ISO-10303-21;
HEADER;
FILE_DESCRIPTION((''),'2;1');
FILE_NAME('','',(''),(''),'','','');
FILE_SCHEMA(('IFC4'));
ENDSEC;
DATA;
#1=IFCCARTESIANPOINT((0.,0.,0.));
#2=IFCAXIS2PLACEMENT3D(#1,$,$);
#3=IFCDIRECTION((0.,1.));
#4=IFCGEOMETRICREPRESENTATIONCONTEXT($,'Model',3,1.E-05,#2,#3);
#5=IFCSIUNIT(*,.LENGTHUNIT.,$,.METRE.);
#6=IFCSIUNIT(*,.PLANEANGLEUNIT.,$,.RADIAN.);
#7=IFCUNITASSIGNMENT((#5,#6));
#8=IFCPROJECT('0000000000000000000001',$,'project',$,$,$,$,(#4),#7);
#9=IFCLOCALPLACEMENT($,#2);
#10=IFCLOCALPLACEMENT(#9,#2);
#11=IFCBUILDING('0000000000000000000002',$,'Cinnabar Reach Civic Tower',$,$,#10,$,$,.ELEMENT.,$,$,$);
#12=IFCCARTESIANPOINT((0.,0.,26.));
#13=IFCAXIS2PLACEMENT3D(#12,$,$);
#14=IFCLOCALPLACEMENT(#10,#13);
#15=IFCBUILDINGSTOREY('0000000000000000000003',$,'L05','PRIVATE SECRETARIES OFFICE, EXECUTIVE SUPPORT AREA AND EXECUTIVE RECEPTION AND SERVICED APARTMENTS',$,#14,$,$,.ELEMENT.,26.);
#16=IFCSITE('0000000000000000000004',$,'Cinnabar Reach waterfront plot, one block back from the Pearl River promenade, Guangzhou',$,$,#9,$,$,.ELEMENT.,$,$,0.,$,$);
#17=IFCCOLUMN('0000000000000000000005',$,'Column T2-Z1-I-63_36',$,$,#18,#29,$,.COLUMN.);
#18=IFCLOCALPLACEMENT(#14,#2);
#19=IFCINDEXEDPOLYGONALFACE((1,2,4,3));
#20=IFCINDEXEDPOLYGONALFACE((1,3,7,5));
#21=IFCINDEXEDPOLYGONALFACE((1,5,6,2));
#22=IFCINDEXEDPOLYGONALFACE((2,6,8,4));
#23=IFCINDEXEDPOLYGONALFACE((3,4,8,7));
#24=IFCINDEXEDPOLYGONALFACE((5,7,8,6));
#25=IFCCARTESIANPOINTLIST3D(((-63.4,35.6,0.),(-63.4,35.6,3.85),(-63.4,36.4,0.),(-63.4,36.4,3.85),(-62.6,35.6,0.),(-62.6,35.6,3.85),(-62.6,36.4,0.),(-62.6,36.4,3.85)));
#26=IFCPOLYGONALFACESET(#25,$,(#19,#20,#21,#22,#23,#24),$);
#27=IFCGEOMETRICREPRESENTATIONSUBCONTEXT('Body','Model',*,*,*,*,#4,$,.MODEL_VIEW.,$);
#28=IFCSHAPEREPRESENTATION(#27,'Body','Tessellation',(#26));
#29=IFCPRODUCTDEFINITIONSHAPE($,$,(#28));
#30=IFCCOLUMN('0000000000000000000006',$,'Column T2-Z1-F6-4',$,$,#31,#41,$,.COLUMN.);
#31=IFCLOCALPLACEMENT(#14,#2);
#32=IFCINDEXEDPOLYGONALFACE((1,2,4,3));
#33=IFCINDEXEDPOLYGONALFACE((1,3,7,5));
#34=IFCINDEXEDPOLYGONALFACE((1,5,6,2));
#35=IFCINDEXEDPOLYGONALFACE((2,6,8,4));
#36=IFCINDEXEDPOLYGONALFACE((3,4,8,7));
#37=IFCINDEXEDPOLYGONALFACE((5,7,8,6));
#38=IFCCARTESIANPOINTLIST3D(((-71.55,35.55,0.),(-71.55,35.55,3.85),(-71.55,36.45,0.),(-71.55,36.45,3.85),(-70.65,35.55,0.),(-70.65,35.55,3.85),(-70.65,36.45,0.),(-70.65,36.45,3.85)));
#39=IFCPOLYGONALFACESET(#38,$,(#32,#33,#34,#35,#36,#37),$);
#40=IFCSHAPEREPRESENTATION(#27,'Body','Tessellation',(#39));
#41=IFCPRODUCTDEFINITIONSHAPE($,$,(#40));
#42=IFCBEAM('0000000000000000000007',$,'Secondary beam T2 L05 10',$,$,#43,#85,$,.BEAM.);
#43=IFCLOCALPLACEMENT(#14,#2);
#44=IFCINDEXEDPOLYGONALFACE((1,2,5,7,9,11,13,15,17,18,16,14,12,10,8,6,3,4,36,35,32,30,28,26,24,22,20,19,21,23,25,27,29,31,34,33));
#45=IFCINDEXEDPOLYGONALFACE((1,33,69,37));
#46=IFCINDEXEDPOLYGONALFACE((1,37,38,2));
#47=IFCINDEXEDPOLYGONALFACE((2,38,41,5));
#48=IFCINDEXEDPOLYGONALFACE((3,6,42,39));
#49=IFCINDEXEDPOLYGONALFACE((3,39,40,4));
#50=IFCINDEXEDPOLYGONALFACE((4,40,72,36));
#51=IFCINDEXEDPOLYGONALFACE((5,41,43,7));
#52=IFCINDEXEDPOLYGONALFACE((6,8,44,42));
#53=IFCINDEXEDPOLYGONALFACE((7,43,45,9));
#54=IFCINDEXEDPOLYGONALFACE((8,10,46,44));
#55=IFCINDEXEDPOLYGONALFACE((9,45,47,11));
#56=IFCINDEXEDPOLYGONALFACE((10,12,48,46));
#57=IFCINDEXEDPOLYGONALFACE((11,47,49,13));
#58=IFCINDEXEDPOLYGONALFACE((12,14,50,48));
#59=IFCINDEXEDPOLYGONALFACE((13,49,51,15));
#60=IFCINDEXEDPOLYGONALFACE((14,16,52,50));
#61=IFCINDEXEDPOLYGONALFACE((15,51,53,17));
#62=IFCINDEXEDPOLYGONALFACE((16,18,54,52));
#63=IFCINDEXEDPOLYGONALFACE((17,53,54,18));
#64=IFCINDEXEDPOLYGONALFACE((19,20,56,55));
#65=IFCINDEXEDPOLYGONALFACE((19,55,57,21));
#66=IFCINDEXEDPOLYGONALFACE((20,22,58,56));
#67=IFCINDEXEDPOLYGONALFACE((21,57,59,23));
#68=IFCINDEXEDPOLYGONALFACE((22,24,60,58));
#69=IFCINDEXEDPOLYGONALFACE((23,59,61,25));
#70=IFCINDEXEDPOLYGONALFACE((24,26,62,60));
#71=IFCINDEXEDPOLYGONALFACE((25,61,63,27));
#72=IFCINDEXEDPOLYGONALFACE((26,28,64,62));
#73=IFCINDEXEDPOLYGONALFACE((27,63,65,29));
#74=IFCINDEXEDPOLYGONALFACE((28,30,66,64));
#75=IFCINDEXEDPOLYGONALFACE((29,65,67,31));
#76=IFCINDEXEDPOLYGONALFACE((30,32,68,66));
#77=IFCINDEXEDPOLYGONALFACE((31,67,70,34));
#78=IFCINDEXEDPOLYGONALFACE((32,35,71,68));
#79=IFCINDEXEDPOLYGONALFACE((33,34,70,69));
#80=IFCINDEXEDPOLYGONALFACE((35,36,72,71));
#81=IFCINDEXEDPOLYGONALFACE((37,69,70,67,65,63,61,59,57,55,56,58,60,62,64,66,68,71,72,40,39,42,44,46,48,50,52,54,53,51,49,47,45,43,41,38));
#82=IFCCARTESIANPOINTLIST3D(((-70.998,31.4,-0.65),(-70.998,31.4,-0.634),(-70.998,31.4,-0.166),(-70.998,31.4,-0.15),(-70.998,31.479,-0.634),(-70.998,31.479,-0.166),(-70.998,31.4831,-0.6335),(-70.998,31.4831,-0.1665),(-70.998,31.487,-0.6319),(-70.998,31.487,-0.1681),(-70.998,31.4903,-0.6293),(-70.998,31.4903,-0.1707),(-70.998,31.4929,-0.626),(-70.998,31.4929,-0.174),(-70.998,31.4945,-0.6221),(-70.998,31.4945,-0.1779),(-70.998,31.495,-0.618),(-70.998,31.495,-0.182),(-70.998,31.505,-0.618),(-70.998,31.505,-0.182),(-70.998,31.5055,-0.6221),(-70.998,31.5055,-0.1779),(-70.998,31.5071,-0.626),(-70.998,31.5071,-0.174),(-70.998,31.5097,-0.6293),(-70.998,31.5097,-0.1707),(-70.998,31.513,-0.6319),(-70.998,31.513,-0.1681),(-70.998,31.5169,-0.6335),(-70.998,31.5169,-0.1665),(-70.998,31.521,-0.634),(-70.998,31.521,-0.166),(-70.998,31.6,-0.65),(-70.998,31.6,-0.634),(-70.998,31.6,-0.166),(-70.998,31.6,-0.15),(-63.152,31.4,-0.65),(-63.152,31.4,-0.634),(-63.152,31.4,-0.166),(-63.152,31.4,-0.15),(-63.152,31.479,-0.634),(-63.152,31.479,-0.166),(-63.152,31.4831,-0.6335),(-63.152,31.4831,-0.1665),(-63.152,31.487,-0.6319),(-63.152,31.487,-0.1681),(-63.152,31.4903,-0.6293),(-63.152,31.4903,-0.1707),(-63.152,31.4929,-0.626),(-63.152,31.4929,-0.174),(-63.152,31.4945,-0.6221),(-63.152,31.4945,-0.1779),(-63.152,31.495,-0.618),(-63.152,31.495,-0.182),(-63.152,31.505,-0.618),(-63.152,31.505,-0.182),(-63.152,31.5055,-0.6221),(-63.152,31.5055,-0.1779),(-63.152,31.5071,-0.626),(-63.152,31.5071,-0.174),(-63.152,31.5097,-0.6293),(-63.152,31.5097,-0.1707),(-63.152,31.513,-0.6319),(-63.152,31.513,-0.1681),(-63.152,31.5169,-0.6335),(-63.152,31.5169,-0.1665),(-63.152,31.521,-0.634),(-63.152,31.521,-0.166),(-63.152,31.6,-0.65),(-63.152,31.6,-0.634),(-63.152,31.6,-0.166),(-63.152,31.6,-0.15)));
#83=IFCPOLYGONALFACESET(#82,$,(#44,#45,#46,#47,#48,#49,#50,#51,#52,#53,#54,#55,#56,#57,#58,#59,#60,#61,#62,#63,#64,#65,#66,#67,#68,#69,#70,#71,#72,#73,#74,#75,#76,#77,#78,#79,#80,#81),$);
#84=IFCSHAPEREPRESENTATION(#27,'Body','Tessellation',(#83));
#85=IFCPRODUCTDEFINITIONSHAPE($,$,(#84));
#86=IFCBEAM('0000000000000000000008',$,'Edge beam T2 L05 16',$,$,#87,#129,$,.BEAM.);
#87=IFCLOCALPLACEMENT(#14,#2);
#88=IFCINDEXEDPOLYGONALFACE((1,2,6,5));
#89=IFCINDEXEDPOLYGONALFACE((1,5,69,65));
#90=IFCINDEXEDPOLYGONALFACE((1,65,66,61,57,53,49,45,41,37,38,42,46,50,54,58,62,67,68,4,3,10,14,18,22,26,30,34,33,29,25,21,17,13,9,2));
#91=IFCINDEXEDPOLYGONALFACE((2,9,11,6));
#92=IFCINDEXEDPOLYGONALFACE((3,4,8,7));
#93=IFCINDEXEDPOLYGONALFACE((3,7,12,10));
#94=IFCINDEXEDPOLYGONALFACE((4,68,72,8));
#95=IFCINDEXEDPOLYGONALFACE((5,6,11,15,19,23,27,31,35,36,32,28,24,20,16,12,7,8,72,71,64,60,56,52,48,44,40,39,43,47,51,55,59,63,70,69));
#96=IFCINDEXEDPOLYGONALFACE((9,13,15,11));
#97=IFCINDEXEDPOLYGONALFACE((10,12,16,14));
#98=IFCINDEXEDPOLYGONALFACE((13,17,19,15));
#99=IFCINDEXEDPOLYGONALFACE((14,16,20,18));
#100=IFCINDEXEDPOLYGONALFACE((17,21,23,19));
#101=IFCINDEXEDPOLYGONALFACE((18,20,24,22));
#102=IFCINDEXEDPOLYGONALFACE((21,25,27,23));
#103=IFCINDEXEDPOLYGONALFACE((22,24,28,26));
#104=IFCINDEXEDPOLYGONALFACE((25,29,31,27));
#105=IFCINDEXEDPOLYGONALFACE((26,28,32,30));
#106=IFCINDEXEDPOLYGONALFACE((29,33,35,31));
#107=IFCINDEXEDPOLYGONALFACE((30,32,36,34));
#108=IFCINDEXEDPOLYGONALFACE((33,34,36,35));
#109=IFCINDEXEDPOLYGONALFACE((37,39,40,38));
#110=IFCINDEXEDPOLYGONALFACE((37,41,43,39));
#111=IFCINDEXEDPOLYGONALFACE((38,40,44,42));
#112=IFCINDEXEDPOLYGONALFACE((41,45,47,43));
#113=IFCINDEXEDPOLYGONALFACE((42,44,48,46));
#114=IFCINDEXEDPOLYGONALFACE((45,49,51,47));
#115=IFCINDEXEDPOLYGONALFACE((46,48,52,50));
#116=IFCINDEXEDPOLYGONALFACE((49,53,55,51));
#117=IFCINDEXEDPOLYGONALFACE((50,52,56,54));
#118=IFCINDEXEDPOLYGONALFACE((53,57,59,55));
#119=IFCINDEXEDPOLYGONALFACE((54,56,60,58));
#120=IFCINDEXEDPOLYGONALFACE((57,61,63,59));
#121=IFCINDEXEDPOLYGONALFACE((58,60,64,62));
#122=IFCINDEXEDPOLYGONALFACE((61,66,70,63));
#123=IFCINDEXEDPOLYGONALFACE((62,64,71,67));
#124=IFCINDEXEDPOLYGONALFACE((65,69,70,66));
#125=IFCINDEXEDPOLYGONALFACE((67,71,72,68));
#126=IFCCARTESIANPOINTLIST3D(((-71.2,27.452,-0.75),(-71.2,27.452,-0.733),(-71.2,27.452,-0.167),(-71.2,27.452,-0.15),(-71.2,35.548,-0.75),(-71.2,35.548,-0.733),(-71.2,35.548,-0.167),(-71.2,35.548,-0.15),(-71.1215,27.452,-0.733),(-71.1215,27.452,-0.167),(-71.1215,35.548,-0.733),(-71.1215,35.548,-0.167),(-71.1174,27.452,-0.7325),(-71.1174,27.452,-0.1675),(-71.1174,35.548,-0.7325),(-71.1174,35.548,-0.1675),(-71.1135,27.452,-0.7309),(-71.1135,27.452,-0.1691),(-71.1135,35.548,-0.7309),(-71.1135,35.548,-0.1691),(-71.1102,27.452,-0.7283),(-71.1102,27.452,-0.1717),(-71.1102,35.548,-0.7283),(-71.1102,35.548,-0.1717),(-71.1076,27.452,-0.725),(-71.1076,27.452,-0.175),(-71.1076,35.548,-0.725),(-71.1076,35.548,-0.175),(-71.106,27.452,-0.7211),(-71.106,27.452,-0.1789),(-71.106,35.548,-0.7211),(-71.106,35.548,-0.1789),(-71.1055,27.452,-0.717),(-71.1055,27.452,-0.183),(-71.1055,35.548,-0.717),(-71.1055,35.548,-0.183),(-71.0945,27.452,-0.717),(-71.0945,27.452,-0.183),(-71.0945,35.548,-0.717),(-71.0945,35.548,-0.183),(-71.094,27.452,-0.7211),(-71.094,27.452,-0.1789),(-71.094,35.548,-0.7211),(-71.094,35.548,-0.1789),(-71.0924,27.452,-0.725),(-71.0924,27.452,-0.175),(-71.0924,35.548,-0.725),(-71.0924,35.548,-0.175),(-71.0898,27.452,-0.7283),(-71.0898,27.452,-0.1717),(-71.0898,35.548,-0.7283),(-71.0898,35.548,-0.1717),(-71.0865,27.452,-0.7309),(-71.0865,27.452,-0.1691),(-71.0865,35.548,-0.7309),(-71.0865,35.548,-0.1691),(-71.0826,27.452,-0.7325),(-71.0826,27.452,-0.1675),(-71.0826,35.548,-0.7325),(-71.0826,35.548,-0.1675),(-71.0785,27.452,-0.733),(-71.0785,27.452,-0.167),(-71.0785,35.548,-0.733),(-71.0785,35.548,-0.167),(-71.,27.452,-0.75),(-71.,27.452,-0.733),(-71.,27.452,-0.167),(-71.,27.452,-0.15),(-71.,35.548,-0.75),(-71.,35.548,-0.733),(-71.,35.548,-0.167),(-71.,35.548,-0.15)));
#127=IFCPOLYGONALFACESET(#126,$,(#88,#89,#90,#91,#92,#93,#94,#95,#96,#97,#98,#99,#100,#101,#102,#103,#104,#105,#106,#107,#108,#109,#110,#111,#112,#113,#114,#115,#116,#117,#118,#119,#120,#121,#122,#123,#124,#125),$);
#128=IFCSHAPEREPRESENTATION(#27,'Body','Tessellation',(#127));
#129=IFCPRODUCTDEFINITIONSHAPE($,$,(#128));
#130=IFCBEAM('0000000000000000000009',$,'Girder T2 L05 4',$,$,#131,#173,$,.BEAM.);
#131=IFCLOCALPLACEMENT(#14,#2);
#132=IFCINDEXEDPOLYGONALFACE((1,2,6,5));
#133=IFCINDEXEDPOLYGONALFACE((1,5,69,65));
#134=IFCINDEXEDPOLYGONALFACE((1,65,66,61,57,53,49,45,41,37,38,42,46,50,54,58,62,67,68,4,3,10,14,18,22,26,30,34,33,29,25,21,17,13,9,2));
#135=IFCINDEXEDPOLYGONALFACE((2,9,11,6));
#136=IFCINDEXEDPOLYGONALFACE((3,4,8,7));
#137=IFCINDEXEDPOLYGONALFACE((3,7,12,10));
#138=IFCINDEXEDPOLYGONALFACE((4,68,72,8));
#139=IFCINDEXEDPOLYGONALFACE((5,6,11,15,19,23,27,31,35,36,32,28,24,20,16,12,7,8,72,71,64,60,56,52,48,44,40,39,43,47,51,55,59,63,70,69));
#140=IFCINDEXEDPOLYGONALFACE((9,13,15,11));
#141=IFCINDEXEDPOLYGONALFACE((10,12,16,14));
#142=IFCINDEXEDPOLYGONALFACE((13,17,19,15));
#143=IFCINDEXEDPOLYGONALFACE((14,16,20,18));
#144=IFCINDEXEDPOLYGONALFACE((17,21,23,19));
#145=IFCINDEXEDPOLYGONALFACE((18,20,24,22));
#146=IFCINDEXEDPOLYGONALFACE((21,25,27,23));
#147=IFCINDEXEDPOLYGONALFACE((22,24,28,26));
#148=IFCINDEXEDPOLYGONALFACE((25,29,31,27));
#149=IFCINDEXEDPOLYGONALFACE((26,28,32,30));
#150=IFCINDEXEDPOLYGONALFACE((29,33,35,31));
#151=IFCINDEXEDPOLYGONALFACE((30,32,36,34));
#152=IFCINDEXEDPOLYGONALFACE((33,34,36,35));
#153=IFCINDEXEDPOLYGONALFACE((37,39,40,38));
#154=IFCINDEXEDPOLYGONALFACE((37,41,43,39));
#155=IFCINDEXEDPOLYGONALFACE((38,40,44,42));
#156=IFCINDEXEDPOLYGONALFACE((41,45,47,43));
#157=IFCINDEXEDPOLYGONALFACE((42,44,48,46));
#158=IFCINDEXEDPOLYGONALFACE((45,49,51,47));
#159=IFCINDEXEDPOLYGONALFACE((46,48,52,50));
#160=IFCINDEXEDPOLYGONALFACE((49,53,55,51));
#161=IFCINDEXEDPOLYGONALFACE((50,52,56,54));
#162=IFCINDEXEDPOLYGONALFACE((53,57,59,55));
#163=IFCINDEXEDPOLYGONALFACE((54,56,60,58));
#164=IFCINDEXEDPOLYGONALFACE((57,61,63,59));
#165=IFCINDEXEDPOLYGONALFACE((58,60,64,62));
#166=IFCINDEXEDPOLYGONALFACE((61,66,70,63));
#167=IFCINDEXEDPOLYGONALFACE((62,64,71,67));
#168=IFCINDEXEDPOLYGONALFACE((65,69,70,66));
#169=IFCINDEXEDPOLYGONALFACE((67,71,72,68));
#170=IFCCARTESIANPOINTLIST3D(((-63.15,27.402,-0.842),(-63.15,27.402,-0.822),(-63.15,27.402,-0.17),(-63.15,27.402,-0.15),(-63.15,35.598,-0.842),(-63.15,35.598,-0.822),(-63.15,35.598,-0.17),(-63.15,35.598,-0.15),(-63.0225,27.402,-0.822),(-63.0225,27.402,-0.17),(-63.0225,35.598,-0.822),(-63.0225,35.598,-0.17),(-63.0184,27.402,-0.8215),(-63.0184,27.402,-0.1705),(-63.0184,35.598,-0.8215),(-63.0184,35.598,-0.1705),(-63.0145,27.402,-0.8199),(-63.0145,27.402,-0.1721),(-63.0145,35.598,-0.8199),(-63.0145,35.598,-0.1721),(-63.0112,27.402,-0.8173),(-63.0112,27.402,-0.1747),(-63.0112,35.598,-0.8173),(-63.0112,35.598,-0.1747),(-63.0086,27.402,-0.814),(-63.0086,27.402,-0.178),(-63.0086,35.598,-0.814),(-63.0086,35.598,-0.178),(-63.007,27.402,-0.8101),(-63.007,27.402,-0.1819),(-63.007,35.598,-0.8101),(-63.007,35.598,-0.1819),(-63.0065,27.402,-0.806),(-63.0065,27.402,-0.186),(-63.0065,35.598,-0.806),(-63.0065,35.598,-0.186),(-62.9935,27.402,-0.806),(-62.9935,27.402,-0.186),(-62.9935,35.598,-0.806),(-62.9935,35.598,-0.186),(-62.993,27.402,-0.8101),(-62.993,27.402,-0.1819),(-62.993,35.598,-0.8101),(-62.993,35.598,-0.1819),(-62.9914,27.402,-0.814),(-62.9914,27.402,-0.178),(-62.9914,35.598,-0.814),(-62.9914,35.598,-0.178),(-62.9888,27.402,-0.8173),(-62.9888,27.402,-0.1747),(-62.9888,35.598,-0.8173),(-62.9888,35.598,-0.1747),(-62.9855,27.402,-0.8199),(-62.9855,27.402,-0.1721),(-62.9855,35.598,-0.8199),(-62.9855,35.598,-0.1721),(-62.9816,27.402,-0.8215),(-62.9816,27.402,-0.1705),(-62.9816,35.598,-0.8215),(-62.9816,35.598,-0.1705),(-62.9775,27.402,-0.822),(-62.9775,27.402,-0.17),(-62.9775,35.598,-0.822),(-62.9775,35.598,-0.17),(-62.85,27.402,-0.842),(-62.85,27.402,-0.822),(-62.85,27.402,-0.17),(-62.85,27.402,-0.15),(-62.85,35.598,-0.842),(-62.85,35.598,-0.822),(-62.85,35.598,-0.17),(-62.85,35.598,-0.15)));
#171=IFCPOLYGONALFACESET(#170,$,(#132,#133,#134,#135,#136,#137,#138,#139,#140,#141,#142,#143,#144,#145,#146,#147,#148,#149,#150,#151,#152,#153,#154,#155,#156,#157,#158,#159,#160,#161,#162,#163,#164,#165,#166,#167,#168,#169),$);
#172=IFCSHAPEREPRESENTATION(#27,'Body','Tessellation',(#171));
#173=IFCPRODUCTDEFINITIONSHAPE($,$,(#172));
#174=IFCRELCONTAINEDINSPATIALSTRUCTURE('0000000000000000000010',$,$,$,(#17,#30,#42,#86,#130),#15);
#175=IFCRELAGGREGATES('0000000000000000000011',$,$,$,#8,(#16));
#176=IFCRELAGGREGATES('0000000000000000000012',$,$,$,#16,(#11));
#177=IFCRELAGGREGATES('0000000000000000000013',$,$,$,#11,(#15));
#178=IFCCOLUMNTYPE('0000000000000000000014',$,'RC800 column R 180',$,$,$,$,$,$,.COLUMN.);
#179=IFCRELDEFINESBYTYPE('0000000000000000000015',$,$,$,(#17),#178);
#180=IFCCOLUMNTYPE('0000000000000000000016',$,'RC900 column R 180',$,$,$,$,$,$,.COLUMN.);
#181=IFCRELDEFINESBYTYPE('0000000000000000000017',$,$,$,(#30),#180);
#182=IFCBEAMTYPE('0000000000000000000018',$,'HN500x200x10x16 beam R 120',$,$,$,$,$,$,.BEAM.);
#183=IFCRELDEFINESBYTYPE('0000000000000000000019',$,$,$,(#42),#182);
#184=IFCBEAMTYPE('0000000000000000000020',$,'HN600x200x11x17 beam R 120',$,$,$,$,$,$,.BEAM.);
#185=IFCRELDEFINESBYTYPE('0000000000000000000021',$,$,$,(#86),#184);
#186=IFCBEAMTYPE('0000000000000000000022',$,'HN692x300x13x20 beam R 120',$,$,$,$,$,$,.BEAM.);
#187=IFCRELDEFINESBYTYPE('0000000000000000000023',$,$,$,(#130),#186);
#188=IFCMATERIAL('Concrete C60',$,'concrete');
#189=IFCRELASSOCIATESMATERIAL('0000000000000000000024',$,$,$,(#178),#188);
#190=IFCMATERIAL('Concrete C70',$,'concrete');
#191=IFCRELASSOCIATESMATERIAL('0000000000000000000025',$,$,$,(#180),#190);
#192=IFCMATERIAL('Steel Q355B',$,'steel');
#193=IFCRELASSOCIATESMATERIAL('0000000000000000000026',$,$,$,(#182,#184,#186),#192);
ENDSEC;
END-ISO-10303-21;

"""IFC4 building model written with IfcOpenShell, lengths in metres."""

from ifc_helpers import new_model, si_unit, direction, frame, origin, origin_2d, place, context, subcontext, project, spatial, rectangle, i_section, extrude, material, material_profile, profile_set, type_object, element, save


model = new_model("IFC4")

# Units and contexts
model_context = context("Model", 3, precision=1e-05, world=origin(), true_north=direction((0.0, 1.0)))
body_context = subcontext(model_context, "Body", "Model", "MODEL_VIEW")
ifc_project = project(units=[si_unit("LENGTHUNIT", "METRE"), si_unit("PLANEANGLEUNIT", "RADIAN")], contexts=[model_context])

# Site, building, storey
site_placement = place(None, origin())
site = spatial("IfcSite", under=ifc_project, at=site_placement, Name="Cinnabar Reach waterfront plot, one block back from the Pearl River promenade, Guangzhou", CompositionType="ELEMENT", RefElevation=0.0)
building_placement = place(site_placement, origin())
building = spatial("IfcBuilding", under=site, at=building_placement, Name="Cinnabar Reach Civic Tower", CompositionType="ELEMENT")
storey_placement = place(building_placement, frame((0.0, 0.0, 26.0)))
storey = spatial("IfcBuildingStorey", under=building, at=storey_placement, Name="L05", Description="PRIVATE SECRETARIES OFFICE, EXECUTIVE SUPPORT AREA AND EXECUTIVE RECEPTION AND SERVICED APARTMENTS", CompositionType="ELEMENT", Elevation=26.0)

# Columns
ifc_material_1 = material(Name="Concrete C60", Category="concrete")
ifc_material_profile_1 = material_profile(ifc_material_1, rectangle(XDim=0.8, YDim=0.8, at=origin_2d()), Name="RC800")
ifc_profile_set_1 = profile_set([ifc_material_profile_1], Name="Concrete C60")
column_type_1 = type_object("IfcColumnType", Name="RC800 column R 180", PredefinedType="COLUMN", material=ifc_profile_set_1)
column_1_placement = place(storey_placement, frame((-63.0, 36.0, 0.0), z_axis=(0.0, 0.0, 1.0), x_axis=(1.0, 0.0, 0.0)))
element("IfcColumn", 1, at=column_1_placement, inside=storey, type_object=column_type_1, Name="Column T2-Z1-I-63_36", PredefinedType="COLUMN", context=body_context, shape_type="SweptSolid", body=[
    extrude(rectangle(XDim=0.8, YDim=0.8, at=origin_2d()), origin(), (0.0, 0.0, 1.0), 3.85),
])
ifc_material_2 = material(Name="Concrete C70", Category="concrete")
ifc_material_profile_2 = material_profile(ifc_material_2, rectangle(XDim=0.9, YDim=0.9, at=origin_2d()), Name="RC900")
ifc_profile_set_2 = profile_set([ifc_material_profile_2], Name="Concrete C70")
column_type_2 = type_object("IfcColumnType", Name="RC900 column R 180", PredefinedType="COLUMN", material=ifc_profile_set_2)
column_2_placement = place(storey_placement, frame((-71.1, 36.0, 0.0), z_axis=(0.0, 0.0, 1.0), x_axis=(1.0, 0.0, 0.0)))
element("IfcColumn", 2, at=column_2_placement, inside=storey, type_object=column_type_2, Name="Column T2-Z1-F6-4", PredefinedType="COLUMN", context=body_context, shape_type="SweptSolid", body=[
    extrude(rectangle(XDim=0.9, YDim=0.9, at=origin_2d()), origin(), (0.0, 0.0, 1.0), 3.85),
])

# Beams
ifc_material_3 = material(Name="Steel Q355B", Category="steel")
ifc_material_profile_3 = material_profile(ifc_material_3, i_section(OverallWidth=0.2, OverallDepth=0.5, WebThickness=0.01, FlangeThickness=0.016, FilletRadius=0.016, at=origin_2d()), Name="HN500x200x10x16")
ifc_profile_set_3 = profile_set([ifc_material_profile_3], Name="Steel Q355B")
beam_type_1 = type_object("IfcBeamType", Name="HN500x200x10x16 beam R 120", PredefinedType="BEAM", material=ifc_profile_set_3)
beam_1_placement = place(storey_placement, frame((-70.998, 31.5, -0.4), z_axis=(1.0, 0.0, 0.0), x_axis=(0.0, 1.0, 0.0)))
element("IfcBeam", 3, at=beam_1_placement, inside=storey, type_object=beam_type_1, Name="Secondary beam T2 L05 10", PredefinedType="BEAM", context=body_context, shape_type="SweptSolid", body=[
    extrude(i_section(OverallWidth=0.2, OverallDepth=0.5, WebThickness=0.01, FlangeThickness=0.016, FilletRadius=0.016, at=origin_2d()), origin(), (0.0, 0.0, 1.0), 7.846),
])
ifc_material_profile_4 = material_profile(ifc_material_3, i_section(OverallWidth=0.2, OverallDepth=0.6, WebThickness=0.011, FlangeThickness=0.017, FilletRadius=0.016, at=origin_2d()), Name="HN600x200x11x17")
ifc_profile_set_4 = profile_set([ifc_material_profile_4], Name="Steel Q355B")
beam_type_2 = type_object("IfcBeamType", Name="HN600x200x11x17 beam R 120", PredefinedType="BEAM", material=ifc_profile_set_4)
beam_2_placement = place(storey_placement, frame((-71.1, 35.548, -0.45), z_axis=(0.0, -1.0, 0.0), x_axis=(1.0, 0.0, 0.0)))
element("IfcBeam", 4, at=beam_2_placement, inside=storey, type_object=beam_type_2, Name="Edge beam T2 L05 16", PredefinedType="BEAM", context=body_context, shape_type="SweptSolid", body=[
    extrude(i_section(OverallWidth=0.2, OverallDepth=0.6, WebThickness=0.011, FlangeThickness=0.017, FilletRadius=0.016, at=origin_2d()), origin(), (0.0, 0.0, 1.0), 8.096),
])
ifc_material_profile_5 = material_profile(ifc_material_3, i_section(OverallWidth=0.3, OverallDepth=0.692, WebThickness=0.013, FlangeThickness=0.02, FilletRadius=0.016, at=origin_2d()), Name="HN692x300x13x20")
ifc_profile_set_5 = profile_set([ifc_material_profile_5], Name="Steel Q355B")
beam_type_3 = type_object("IfcBeamType", Name="HN692x300x13x20 beam R 120", PredefinedType="BEAM", material=ifc_profile_set_5)
beam_3_placement = place(storey_placement, frame((-63.0, 27.402, -0.496), z_axis=(0.0, 1.0, 0.0), x_axis=(-1.0, 0.0, 0.0)))
element("IfcBeam", 5, at=beam_3_placement, inside=storey, type_object=beam_type_3, Name="Girder T2 L05 4", PredefinedType="BEAM", context=body_context, shape_type="SweptSolid", body=[
    extrude(i_section(OverallWidth=0.3, OverallDepth=0.692, WebThickness=0.013, FlangeThickness=0.02, FilletRadius=0.016, at=origin_2d()), origin(), (0.0, 0.0, 1.0), 8.196),
])

save(model, "model.ifc")
